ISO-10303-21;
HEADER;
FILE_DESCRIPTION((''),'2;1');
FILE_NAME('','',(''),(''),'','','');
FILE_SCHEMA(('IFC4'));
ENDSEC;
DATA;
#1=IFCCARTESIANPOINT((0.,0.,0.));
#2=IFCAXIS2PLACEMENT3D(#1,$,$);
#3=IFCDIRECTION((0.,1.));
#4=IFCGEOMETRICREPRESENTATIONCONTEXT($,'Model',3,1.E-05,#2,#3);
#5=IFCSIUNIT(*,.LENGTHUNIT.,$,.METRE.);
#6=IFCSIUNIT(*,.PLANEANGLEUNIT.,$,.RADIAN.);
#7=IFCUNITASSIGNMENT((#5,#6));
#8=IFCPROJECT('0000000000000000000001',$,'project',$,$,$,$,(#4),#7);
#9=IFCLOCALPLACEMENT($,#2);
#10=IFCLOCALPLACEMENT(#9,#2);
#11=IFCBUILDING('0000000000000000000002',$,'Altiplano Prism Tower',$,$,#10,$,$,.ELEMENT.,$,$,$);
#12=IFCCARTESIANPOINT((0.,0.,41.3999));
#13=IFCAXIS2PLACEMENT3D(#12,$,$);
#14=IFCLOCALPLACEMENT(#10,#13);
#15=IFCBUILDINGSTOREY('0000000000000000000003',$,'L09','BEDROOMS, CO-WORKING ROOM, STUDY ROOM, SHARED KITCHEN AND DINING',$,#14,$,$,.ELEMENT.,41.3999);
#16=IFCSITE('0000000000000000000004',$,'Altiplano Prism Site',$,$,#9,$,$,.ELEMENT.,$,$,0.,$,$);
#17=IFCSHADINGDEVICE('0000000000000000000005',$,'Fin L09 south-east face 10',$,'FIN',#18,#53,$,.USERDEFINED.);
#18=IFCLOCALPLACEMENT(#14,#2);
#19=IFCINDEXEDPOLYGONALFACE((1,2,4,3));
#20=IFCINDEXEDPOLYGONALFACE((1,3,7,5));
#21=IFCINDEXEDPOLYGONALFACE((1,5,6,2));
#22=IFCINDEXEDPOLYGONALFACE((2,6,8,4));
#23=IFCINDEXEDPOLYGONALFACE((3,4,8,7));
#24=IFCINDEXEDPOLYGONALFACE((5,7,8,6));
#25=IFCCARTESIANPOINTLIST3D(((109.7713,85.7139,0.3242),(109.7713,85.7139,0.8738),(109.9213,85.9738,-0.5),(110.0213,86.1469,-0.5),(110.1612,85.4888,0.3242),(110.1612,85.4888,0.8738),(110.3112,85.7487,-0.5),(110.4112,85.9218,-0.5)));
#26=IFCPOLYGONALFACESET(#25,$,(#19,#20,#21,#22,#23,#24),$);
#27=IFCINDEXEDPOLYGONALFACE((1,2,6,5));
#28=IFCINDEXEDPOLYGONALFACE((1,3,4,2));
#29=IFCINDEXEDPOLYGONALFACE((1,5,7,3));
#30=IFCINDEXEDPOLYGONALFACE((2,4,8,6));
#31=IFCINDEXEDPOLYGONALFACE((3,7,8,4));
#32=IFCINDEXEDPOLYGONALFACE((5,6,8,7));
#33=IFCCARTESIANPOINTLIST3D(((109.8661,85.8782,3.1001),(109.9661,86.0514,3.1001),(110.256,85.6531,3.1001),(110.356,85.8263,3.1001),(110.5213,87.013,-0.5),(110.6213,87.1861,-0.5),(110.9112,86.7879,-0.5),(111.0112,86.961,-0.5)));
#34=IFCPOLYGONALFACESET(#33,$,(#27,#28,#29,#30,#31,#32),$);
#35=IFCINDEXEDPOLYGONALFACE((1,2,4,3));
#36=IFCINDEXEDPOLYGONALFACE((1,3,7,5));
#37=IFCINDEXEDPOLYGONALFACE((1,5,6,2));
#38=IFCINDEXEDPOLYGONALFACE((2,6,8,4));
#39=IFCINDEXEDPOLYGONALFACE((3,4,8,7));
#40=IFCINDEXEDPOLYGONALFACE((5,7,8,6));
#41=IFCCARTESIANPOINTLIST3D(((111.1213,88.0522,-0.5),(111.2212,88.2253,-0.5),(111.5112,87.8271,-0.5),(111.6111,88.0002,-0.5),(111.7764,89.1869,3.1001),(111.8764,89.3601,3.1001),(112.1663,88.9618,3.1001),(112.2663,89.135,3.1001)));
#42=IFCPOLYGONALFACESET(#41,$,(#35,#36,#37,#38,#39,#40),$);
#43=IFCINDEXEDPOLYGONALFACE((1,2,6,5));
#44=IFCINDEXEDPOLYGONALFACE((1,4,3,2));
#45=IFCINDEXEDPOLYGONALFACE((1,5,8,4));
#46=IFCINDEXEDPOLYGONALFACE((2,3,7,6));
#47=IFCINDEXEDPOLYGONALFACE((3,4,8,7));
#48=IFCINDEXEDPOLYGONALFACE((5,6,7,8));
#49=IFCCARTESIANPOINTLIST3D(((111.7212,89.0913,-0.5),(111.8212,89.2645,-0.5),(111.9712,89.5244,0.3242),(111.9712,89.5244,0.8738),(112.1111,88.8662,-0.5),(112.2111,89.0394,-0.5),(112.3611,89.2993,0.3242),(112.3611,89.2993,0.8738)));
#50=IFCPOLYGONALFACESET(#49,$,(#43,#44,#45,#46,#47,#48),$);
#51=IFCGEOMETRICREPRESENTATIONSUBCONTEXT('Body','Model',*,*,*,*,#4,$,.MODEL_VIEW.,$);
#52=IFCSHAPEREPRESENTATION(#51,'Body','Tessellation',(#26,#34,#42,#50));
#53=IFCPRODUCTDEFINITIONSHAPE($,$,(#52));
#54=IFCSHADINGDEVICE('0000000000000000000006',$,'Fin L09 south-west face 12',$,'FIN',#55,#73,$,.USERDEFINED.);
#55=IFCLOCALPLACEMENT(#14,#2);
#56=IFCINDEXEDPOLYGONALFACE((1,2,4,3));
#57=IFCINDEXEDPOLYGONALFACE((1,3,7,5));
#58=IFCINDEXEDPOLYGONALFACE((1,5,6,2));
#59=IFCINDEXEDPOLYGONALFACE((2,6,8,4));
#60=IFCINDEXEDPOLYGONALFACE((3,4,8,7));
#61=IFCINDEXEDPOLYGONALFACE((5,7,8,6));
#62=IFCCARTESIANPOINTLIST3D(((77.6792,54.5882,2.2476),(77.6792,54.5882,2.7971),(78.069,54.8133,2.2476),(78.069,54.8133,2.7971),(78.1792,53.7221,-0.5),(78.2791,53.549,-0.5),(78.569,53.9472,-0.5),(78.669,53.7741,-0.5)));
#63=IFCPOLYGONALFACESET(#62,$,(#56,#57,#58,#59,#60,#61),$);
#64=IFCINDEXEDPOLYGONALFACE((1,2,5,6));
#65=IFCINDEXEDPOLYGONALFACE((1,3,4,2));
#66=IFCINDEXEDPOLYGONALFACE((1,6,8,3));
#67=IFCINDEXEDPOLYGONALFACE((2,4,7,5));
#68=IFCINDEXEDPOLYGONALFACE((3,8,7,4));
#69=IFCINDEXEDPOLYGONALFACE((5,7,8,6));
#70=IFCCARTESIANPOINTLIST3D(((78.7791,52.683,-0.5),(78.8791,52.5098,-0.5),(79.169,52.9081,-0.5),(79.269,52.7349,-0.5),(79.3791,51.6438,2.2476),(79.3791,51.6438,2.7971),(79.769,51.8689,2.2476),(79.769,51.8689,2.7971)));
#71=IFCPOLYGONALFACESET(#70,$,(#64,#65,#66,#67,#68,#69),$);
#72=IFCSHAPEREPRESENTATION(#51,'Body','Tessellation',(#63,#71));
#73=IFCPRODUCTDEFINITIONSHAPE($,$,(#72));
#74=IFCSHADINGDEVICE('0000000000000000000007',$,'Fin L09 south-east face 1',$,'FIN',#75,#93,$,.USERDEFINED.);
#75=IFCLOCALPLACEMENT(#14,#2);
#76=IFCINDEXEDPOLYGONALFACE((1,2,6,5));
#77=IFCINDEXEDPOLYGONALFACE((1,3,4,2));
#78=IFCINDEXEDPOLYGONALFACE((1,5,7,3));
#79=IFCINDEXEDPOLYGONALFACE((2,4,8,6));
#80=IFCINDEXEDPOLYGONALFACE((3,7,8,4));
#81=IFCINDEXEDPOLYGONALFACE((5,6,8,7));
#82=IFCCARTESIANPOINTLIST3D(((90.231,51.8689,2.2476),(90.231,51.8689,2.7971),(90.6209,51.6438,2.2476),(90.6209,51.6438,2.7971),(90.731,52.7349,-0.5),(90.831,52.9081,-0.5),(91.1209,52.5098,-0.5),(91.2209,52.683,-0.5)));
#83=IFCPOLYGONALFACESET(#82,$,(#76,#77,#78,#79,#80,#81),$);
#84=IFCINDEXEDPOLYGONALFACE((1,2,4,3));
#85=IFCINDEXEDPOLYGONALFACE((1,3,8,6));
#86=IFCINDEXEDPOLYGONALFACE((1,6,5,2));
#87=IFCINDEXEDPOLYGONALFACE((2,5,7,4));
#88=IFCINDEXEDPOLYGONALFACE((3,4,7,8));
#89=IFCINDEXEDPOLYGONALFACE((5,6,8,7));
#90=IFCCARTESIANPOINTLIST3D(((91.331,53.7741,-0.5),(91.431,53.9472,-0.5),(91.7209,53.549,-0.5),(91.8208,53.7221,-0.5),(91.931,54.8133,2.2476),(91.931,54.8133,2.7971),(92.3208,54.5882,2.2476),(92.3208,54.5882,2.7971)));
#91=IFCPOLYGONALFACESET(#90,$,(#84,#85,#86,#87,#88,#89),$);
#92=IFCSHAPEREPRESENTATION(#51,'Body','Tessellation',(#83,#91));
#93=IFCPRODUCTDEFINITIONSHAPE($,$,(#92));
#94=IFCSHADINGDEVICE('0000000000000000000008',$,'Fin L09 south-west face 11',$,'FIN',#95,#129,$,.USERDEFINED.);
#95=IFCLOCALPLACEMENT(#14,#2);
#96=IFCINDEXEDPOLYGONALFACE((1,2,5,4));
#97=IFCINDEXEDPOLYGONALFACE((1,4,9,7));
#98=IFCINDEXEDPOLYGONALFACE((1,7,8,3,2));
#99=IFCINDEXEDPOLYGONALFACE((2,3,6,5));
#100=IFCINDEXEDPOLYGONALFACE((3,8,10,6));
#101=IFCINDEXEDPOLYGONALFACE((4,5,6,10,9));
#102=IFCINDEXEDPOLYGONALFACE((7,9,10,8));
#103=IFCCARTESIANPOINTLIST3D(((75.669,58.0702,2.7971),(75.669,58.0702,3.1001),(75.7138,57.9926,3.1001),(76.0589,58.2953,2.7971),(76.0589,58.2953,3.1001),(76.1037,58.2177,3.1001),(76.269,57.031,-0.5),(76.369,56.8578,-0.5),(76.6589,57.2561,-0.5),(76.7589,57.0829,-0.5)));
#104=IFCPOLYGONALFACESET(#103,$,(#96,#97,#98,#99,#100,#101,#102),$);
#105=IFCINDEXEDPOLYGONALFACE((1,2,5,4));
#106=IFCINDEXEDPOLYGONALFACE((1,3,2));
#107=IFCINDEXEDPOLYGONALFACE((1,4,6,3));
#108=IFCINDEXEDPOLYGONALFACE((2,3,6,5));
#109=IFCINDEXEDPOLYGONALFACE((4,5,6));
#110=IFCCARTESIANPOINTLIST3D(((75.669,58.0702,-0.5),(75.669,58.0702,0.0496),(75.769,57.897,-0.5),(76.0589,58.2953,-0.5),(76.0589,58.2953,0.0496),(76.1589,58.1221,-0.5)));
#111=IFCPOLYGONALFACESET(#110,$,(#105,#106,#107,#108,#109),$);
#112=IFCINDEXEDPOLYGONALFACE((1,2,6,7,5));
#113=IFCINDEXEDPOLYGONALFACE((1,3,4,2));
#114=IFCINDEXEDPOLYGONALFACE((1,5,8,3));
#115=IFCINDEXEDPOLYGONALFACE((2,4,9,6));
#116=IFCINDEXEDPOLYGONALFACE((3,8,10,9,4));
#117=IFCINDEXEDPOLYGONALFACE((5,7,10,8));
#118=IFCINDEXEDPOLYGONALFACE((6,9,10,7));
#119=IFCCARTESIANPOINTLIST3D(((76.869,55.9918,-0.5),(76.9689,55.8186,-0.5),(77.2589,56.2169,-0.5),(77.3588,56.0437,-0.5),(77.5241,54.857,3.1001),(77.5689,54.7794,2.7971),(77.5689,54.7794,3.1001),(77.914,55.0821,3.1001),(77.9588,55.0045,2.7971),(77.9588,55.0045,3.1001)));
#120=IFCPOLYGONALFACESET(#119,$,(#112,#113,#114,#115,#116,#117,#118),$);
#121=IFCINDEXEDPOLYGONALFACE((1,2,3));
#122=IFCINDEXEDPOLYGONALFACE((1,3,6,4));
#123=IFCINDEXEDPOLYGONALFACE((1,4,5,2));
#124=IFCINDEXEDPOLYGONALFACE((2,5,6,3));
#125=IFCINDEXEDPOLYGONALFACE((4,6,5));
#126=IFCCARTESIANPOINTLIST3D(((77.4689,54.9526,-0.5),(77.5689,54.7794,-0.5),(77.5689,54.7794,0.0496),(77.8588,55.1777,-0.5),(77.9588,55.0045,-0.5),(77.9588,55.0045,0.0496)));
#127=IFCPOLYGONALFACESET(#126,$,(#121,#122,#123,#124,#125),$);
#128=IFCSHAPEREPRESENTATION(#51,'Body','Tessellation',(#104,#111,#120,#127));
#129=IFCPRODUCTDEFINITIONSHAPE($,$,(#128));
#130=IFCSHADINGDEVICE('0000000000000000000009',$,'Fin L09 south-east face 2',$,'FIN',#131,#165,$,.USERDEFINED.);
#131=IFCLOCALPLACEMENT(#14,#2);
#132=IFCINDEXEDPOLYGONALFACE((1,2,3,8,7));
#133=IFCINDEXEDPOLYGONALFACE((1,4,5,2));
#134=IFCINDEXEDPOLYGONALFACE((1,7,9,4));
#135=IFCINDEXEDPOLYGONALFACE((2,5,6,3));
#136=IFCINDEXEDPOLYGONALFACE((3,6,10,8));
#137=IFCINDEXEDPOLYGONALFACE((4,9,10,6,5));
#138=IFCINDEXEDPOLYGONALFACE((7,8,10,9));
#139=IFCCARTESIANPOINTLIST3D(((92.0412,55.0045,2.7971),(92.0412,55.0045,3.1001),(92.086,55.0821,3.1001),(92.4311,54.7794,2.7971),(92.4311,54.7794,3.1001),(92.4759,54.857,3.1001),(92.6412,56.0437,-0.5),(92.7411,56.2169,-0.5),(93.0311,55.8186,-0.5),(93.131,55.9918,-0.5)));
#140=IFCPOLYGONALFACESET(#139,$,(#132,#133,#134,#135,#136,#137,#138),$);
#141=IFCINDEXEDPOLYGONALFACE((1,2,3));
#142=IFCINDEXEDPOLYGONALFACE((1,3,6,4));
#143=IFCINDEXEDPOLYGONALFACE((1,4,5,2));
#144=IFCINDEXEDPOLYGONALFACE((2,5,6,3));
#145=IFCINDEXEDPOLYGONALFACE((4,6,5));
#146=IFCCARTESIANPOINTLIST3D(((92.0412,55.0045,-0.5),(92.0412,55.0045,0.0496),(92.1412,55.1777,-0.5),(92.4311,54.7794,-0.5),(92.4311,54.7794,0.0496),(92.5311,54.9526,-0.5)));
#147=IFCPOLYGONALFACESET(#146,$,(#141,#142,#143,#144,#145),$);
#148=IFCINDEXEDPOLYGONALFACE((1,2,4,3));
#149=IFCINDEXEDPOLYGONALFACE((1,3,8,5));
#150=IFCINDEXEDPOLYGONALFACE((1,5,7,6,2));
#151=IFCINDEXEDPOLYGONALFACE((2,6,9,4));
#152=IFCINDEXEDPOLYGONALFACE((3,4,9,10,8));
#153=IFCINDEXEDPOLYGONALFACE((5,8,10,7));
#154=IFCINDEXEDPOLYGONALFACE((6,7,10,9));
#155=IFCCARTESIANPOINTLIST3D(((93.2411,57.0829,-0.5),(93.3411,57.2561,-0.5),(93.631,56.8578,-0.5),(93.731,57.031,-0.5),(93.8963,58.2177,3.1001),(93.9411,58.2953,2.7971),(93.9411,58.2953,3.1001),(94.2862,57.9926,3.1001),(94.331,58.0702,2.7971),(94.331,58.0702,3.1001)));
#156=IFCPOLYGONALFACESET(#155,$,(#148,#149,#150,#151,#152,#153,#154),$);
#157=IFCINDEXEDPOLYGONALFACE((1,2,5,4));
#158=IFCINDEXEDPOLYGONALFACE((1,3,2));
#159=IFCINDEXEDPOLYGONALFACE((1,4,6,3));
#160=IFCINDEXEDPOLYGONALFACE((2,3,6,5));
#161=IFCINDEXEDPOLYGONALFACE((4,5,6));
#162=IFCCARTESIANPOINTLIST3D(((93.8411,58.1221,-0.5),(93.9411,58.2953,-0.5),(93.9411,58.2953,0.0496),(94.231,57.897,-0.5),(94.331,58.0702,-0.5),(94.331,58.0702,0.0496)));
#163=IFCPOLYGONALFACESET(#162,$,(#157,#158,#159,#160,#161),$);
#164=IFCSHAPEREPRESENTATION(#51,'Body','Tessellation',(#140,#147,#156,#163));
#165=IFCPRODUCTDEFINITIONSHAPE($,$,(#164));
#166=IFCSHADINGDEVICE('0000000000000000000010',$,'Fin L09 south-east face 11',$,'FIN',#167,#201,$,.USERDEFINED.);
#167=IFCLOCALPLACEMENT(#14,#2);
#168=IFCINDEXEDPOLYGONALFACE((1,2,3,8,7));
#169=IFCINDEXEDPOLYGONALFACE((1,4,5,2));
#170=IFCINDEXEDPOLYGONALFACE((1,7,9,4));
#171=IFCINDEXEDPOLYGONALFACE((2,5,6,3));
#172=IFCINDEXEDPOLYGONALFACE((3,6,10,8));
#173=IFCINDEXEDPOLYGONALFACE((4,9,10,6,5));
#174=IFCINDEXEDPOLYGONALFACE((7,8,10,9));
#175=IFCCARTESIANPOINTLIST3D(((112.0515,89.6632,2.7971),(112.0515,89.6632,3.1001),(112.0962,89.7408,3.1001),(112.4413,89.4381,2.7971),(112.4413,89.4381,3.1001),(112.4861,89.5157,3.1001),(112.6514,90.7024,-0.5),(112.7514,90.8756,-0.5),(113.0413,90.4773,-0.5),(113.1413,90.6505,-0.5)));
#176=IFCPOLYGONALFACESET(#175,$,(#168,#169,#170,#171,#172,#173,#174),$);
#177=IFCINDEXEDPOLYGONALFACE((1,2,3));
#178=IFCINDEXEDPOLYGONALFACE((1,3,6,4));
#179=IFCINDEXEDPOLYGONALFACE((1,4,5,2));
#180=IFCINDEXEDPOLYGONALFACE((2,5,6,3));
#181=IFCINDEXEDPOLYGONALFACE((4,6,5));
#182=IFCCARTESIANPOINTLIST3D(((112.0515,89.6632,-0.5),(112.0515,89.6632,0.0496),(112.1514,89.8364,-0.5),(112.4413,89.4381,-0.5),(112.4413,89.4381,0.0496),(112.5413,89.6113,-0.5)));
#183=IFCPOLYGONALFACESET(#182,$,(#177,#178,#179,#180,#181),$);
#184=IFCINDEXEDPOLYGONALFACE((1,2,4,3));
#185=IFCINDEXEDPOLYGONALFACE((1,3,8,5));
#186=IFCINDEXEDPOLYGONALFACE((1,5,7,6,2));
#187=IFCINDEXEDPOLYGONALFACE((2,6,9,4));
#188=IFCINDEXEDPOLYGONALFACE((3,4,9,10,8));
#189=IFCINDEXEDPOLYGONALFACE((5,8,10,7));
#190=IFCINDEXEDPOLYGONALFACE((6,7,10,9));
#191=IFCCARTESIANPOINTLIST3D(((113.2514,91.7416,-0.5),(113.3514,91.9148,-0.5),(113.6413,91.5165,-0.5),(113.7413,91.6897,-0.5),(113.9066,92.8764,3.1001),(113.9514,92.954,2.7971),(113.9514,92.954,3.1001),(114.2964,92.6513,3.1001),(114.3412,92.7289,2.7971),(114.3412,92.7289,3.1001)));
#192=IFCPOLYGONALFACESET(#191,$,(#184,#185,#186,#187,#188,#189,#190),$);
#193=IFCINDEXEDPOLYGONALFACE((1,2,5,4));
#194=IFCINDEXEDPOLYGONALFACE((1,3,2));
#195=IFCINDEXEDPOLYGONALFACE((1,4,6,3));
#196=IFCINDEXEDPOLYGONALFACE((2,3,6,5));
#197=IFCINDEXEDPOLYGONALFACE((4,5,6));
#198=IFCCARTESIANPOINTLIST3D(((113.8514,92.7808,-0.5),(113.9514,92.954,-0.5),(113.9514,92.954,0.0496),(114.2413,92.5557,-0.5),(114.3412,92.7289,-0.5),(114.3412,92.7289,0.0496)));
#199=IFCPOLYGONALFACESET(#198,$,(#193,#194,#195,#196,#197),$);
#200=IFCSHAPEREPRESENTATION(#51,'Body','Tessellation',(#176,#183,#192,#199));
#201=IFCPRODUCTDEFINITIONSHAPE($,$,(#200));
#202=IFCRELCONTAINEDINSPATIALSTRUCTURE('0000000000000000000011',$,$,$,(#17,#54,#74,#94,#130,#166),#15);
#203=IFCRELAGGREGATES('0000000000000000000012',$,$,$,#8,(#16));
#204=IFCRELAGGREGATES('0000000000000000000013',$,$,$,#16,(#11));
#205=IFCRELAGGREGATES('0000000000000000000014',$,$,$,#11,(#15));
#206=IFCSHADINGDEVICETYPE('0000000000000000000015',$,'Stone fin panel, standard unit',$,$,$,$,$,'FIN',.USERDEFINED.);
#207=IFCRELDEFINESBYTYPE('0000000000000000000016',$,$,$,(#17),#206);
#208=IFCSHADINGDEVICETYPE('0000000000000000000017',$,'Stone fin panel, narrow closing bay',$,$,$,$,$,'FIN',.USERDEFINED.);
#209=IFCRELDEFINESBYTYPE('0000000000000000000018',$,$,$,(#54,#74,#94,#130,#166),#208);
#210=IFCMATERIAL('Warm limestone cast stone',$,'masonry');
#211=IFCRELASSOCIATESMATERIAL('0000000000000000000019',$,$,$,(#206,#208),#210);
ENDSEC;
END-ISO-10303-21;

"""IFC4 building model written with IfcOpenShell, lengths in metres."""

from ifc_helpers import new_model, si_unit, direction, frame, origin, place, context, subcontext, project, spatial, polyline, outline, extrude, source, transform, mapped, material, type_object, element, save


model = new_model("IFC4")

# Units and contexts
model_context = context("Model", 3, precision=1e-05, world=origin(), true_north=direction((0.0, 1.0)))
body_context = subcontext(model_context, "Body", "Model", "MODEL_VIEW")
ifc_project = project(units=[si_unit("LENGTHUNIT", "METRE"), si_unit("PLANEANGLEUNIT", "RADIAN")], contexts=[model_context])

# Site, building, storey
site_placement = place(None, origin())
site = spatial("IfcSite", under=ifc_project, at=site_placement, Name="Altiplano Prism Site", CompositionType="ELEMENT", RefElevation=0.0)
building_placement = place(site_placement, origin())
building = spatial("IfcBuilding", under=site, at=building_placement, Name="Altiplano Prism Tower", CompositionType="ELEMENT")
storey_placement = place(building_placement, frame((0.0, 0.0, 41.3999)))
storey = spatial("IfcBuildingStorey", under=building, at=storey_placement, Name="L09", Description="BEDROOMS, CO-WORKING ROOM, STUDY ROOM, SHARED KITCHEN AND DINING", CompositionType="ELEMENT", Elevation=41.3999)

# Shading devices
ifc_material_1 = material(Name="Warm limestone cast stone", Category="masonry")
shading_device_type_1 = type_object("IfcShadingDeviceType", Name="Stone fin panel, standard unit", ElementType="FIN", PredefinedType="USERDEFINED", material=ifc_material_1)
shared_shape_1 = source(origin(), body_context, "Body", "SweptSolid", [
    extrude(outline(polyline([(-2.2, 1.3738), (-2.2, 0.8242), (-1.8999, 0.0), (-1.7, 0.0), (-2.2, 1.3738)])), frame((0.0, -0.1499, 0.0), z_axis=(0.0, -1.0, 0.0), x_axis=(1.0, 0.0, 0.0)), (0.0, 0.0, 1.0), 0.4502),
    extrude(outline(polyline([(-2.0103, 3.6001), (-0.7, 0.0), (-0.5, 0.0), (-1.8103, 3.6001), (-2.0103, 3.6001)])), frame((0.0, -0.1499, 0.0), z_axis=(0.0, -1.0, 0.0), x_axis=(1.0, 0.0, 0.0)), (0.0, 0.0, 1.0), 0.4502),
    extrude(outline(polyline([(1.8103, 3.6001), (0.5, 0.0), (0.7, 0.0), (2.0103, 3.6001), (1.8103, 3.6001)])), frame((0.0, -0.1499, 0.0), z_axis=(0.0, -1.0, 0.0), x_axis=(1.0, 0.0, 0.0)), (0.0, 0.0, 1.0), 0.4502),
    extrude(outline(polyline([(2.2, 0.8242), (2.2, 1.3738), (1.7, 0.0), (1.8999, 0.0), (2.2, 0.8242)])), frame((0.0, -0.1499, 0.0), z_axis=(0.0, -1.0, 0.0), x_axis=(1.0, 0.0, 0.0)), (0.0, 0.0, 1.0), 0.4502),
])
shading_device_1_placement = place(storey_placement, origin())
element("IfcShadingDevice", 1, at=shading_device_1_placement, inside=storey, type_object=shading_device_type_1, Name="Fin L09 south-east face 10", ObjectType="FIN", PredefinedType="USERDEFINED", context=body_context, shape_type="MappedRepresentation", body=[
    mapped(shared_shape_1, transform((110.7415, 87.6941, -0.5), x_axis=(0.5, 0.866025, 0.0), y_axis=(-0.866025, 0.5, 0.0), z_axis=(0.0, 0.0, 1.0))),
])
shading_device_type_2 = type_object("IfcShadingDeviceType", Name="Stone fin panel, narrow closing bay", ElementType="FIN", PredefinedType="USERDEFINED", material=ifc_material_1)
shared_shape_2 = source(origin(), body_context, "Body", "SweptSolid", [
    extrude(outline(polyline([(-1.7, 3.2971), (-1.7, 2.7476), (-0.7, 0.0), (-0.5, 0.0), (-1.7, 3.2971)])), frame((0.0, -0.1499, 0.0), z_axis=(0.0, -1.0, 0.0), x_axis=(1.0, 0.0, 0.0)), (0.0, 0.0, 1.0), 0.4502),
    extrude(outline(polyline([(1.7, 2.7476), (1.7, 3.2971), (0.5, 0.0), (0.7, 0.0), (1.7, 2.7476)])), frame((0.0, -0.1499, 0.0), z_axis=(0.0, -1.0, 0.0), x_axis=(1.0, 0.0, 0.0)), (0.0, 0.0, 1.0), 0.4502),
])
shading_device_2_placement = place(storey_placement, origin())
element("IfcShadingDevice", 2, at=shading_device_2_placement, inside=storey, type_object=shading_device_type_2, Name="Fin L09 south-west face 12", ObjectType="FIN", PredefinedType="USERDEFINED", context=body_context, shape_type="MappedRepresentation", body=[
    mapped(shared_shape_2, transform((79.0488, 53.416, -0.5), x_axis=(0.5, -0.866025, 0.0), y_axis=(0.866025, 0.5, 0.0), z_axis=(0.0, 0.0, 1.0))),
])
shading_device_3_placement = place(storey_placement, origin())
element("IfcShadingDevice", 3, at=shading_device_3_placement, inside=storey, type_object=shading_device_type_2, Name="Fin L09 south-east face 1", ObjectType="FIN", PredefinedType="USERDEFINED", context=body_context, shape_type="MappedRepresentation", body=[
    mapped(shared_shape_2, transform((90.9512, 53.416, -0.5), x_axis=(0.5, 0.866025, 0.0), y_axis=(-0.866025, 0.5, 0.0), z_axis=(0.0, 0.0, 1.0))),
])
shared_shape_3 = source(origin(), body_context, "Body", "SweptSolid", [
    extrude(outline(polyline([(-1.8999, 3.6001), (-1.8999, 3.2971), (-0.7, 0.0), (-0.5, 0.0), (-1.8103, 3.6001), (-1.8999, 3.6001)])), frame((0.0, -0.1499, 0.0), z_axis=(0.0, -1.0, 0.0), x_axis=(1.0, 0.0, 0.0)), (0.0, 0.0, 1.0), 0.4502),
    extrude(outline(polyline([(-1.8999, 0.5496), (-1.8999, 0.0), (-1.7, 0.0), (-1.8999, 0.5496)])), frame((0.0, -0.1499, 0.0), z_axis=(0.0, -1.0, 0.0), x_axis=(1.0, 0.0, 0.0)), (0.0, 0.0, 1.0), 0.4502),
    extrude(outline(polyline([(1.8103, 3.6001), (0.5, 0.0), (0.7, 0.0), (1.8999, 3.2971), (1.8999, 3.6001), (1.8103, 3.6001)])), frame((0.0, -0.1499, 0.0), z_axis=(0.0, -1.0, 0.0), x_axis=(1.0, 0.0, 0.0)), (0.0, 0.0, 1.0), 0.4502),
    extrude(outline(polyline([(1.8999, 0.0), (1.8999, 0.5496), (1.7, 0.0), (1.8999, 0.0)])), frame((0.0, -0.1499, 0.0), z_axis=(0.0, -1.0, 0.0), x_axis=(1.0, 0.0, 0.0)), (0.0, 0.0, 1.0), 0.4502),
])
shading_device_4_placement = place(storey_placement, origin())
element("IfcShadingDevice", 4, at=shading_device_4_placement, inside=storey, type_object=shading_device_type_2, Name="Fin L09 south-west face 11", ObjectType="FIN", PredefinedType="USERDEFINED", context=body_context, shape_type="MappedRepresentation", body=[
    mapped(shared_shape_3, transform((77.1387, 56.7249, -0.5), x_axis=(0.5, -0.866025, 0.0), y_axis=(0.866025, 0.5, 0.0), z_axis=(0.0, 0.0, 1.0))),
])
shading_device_5_placement = place(storey_placement, origin())
element("IfcShadingDevice", 5, at=shading_device_5_placement, inside=storey, type_object=shading_device_type_2, Name="Fin L09 south-east face 2", ObjectType="FIN", PredefinedType="USERDEFINED", context=body_context, shape_type="MappedRepresentation", body=[
    mapped(shared_shape_3, transform((92.8613, 56.7249, -0.5), x_axis=(0.5, 0.866025, 0.0), y_axis=(-0.866025, 0.5, 0.0), z_axis=(0.0, 0.0, 1.0))),
])
shading_device_6_placement = place(storey_placement, origin())
element("IfcShadingDevice", 6, at=shading_device_6_placement, inside=storey, type_object=shading_device_type_2, Name="Fin L09 south-east face 11", ObjectType="FIN", PredefinedType="USERDEFINED", context=body_context, shape_type="MappedRepresentation", body=[
    mapped(shared_shape_3, transform((112.8716, 91.3835, -0.5), x_axis=(0.5, 0.866025, 0.0), y_axis=(-0.866025, 0.5, 0.0), z_axis=(0.0, 0.0, 1.0))),
])

save(model, "model.ifc")
